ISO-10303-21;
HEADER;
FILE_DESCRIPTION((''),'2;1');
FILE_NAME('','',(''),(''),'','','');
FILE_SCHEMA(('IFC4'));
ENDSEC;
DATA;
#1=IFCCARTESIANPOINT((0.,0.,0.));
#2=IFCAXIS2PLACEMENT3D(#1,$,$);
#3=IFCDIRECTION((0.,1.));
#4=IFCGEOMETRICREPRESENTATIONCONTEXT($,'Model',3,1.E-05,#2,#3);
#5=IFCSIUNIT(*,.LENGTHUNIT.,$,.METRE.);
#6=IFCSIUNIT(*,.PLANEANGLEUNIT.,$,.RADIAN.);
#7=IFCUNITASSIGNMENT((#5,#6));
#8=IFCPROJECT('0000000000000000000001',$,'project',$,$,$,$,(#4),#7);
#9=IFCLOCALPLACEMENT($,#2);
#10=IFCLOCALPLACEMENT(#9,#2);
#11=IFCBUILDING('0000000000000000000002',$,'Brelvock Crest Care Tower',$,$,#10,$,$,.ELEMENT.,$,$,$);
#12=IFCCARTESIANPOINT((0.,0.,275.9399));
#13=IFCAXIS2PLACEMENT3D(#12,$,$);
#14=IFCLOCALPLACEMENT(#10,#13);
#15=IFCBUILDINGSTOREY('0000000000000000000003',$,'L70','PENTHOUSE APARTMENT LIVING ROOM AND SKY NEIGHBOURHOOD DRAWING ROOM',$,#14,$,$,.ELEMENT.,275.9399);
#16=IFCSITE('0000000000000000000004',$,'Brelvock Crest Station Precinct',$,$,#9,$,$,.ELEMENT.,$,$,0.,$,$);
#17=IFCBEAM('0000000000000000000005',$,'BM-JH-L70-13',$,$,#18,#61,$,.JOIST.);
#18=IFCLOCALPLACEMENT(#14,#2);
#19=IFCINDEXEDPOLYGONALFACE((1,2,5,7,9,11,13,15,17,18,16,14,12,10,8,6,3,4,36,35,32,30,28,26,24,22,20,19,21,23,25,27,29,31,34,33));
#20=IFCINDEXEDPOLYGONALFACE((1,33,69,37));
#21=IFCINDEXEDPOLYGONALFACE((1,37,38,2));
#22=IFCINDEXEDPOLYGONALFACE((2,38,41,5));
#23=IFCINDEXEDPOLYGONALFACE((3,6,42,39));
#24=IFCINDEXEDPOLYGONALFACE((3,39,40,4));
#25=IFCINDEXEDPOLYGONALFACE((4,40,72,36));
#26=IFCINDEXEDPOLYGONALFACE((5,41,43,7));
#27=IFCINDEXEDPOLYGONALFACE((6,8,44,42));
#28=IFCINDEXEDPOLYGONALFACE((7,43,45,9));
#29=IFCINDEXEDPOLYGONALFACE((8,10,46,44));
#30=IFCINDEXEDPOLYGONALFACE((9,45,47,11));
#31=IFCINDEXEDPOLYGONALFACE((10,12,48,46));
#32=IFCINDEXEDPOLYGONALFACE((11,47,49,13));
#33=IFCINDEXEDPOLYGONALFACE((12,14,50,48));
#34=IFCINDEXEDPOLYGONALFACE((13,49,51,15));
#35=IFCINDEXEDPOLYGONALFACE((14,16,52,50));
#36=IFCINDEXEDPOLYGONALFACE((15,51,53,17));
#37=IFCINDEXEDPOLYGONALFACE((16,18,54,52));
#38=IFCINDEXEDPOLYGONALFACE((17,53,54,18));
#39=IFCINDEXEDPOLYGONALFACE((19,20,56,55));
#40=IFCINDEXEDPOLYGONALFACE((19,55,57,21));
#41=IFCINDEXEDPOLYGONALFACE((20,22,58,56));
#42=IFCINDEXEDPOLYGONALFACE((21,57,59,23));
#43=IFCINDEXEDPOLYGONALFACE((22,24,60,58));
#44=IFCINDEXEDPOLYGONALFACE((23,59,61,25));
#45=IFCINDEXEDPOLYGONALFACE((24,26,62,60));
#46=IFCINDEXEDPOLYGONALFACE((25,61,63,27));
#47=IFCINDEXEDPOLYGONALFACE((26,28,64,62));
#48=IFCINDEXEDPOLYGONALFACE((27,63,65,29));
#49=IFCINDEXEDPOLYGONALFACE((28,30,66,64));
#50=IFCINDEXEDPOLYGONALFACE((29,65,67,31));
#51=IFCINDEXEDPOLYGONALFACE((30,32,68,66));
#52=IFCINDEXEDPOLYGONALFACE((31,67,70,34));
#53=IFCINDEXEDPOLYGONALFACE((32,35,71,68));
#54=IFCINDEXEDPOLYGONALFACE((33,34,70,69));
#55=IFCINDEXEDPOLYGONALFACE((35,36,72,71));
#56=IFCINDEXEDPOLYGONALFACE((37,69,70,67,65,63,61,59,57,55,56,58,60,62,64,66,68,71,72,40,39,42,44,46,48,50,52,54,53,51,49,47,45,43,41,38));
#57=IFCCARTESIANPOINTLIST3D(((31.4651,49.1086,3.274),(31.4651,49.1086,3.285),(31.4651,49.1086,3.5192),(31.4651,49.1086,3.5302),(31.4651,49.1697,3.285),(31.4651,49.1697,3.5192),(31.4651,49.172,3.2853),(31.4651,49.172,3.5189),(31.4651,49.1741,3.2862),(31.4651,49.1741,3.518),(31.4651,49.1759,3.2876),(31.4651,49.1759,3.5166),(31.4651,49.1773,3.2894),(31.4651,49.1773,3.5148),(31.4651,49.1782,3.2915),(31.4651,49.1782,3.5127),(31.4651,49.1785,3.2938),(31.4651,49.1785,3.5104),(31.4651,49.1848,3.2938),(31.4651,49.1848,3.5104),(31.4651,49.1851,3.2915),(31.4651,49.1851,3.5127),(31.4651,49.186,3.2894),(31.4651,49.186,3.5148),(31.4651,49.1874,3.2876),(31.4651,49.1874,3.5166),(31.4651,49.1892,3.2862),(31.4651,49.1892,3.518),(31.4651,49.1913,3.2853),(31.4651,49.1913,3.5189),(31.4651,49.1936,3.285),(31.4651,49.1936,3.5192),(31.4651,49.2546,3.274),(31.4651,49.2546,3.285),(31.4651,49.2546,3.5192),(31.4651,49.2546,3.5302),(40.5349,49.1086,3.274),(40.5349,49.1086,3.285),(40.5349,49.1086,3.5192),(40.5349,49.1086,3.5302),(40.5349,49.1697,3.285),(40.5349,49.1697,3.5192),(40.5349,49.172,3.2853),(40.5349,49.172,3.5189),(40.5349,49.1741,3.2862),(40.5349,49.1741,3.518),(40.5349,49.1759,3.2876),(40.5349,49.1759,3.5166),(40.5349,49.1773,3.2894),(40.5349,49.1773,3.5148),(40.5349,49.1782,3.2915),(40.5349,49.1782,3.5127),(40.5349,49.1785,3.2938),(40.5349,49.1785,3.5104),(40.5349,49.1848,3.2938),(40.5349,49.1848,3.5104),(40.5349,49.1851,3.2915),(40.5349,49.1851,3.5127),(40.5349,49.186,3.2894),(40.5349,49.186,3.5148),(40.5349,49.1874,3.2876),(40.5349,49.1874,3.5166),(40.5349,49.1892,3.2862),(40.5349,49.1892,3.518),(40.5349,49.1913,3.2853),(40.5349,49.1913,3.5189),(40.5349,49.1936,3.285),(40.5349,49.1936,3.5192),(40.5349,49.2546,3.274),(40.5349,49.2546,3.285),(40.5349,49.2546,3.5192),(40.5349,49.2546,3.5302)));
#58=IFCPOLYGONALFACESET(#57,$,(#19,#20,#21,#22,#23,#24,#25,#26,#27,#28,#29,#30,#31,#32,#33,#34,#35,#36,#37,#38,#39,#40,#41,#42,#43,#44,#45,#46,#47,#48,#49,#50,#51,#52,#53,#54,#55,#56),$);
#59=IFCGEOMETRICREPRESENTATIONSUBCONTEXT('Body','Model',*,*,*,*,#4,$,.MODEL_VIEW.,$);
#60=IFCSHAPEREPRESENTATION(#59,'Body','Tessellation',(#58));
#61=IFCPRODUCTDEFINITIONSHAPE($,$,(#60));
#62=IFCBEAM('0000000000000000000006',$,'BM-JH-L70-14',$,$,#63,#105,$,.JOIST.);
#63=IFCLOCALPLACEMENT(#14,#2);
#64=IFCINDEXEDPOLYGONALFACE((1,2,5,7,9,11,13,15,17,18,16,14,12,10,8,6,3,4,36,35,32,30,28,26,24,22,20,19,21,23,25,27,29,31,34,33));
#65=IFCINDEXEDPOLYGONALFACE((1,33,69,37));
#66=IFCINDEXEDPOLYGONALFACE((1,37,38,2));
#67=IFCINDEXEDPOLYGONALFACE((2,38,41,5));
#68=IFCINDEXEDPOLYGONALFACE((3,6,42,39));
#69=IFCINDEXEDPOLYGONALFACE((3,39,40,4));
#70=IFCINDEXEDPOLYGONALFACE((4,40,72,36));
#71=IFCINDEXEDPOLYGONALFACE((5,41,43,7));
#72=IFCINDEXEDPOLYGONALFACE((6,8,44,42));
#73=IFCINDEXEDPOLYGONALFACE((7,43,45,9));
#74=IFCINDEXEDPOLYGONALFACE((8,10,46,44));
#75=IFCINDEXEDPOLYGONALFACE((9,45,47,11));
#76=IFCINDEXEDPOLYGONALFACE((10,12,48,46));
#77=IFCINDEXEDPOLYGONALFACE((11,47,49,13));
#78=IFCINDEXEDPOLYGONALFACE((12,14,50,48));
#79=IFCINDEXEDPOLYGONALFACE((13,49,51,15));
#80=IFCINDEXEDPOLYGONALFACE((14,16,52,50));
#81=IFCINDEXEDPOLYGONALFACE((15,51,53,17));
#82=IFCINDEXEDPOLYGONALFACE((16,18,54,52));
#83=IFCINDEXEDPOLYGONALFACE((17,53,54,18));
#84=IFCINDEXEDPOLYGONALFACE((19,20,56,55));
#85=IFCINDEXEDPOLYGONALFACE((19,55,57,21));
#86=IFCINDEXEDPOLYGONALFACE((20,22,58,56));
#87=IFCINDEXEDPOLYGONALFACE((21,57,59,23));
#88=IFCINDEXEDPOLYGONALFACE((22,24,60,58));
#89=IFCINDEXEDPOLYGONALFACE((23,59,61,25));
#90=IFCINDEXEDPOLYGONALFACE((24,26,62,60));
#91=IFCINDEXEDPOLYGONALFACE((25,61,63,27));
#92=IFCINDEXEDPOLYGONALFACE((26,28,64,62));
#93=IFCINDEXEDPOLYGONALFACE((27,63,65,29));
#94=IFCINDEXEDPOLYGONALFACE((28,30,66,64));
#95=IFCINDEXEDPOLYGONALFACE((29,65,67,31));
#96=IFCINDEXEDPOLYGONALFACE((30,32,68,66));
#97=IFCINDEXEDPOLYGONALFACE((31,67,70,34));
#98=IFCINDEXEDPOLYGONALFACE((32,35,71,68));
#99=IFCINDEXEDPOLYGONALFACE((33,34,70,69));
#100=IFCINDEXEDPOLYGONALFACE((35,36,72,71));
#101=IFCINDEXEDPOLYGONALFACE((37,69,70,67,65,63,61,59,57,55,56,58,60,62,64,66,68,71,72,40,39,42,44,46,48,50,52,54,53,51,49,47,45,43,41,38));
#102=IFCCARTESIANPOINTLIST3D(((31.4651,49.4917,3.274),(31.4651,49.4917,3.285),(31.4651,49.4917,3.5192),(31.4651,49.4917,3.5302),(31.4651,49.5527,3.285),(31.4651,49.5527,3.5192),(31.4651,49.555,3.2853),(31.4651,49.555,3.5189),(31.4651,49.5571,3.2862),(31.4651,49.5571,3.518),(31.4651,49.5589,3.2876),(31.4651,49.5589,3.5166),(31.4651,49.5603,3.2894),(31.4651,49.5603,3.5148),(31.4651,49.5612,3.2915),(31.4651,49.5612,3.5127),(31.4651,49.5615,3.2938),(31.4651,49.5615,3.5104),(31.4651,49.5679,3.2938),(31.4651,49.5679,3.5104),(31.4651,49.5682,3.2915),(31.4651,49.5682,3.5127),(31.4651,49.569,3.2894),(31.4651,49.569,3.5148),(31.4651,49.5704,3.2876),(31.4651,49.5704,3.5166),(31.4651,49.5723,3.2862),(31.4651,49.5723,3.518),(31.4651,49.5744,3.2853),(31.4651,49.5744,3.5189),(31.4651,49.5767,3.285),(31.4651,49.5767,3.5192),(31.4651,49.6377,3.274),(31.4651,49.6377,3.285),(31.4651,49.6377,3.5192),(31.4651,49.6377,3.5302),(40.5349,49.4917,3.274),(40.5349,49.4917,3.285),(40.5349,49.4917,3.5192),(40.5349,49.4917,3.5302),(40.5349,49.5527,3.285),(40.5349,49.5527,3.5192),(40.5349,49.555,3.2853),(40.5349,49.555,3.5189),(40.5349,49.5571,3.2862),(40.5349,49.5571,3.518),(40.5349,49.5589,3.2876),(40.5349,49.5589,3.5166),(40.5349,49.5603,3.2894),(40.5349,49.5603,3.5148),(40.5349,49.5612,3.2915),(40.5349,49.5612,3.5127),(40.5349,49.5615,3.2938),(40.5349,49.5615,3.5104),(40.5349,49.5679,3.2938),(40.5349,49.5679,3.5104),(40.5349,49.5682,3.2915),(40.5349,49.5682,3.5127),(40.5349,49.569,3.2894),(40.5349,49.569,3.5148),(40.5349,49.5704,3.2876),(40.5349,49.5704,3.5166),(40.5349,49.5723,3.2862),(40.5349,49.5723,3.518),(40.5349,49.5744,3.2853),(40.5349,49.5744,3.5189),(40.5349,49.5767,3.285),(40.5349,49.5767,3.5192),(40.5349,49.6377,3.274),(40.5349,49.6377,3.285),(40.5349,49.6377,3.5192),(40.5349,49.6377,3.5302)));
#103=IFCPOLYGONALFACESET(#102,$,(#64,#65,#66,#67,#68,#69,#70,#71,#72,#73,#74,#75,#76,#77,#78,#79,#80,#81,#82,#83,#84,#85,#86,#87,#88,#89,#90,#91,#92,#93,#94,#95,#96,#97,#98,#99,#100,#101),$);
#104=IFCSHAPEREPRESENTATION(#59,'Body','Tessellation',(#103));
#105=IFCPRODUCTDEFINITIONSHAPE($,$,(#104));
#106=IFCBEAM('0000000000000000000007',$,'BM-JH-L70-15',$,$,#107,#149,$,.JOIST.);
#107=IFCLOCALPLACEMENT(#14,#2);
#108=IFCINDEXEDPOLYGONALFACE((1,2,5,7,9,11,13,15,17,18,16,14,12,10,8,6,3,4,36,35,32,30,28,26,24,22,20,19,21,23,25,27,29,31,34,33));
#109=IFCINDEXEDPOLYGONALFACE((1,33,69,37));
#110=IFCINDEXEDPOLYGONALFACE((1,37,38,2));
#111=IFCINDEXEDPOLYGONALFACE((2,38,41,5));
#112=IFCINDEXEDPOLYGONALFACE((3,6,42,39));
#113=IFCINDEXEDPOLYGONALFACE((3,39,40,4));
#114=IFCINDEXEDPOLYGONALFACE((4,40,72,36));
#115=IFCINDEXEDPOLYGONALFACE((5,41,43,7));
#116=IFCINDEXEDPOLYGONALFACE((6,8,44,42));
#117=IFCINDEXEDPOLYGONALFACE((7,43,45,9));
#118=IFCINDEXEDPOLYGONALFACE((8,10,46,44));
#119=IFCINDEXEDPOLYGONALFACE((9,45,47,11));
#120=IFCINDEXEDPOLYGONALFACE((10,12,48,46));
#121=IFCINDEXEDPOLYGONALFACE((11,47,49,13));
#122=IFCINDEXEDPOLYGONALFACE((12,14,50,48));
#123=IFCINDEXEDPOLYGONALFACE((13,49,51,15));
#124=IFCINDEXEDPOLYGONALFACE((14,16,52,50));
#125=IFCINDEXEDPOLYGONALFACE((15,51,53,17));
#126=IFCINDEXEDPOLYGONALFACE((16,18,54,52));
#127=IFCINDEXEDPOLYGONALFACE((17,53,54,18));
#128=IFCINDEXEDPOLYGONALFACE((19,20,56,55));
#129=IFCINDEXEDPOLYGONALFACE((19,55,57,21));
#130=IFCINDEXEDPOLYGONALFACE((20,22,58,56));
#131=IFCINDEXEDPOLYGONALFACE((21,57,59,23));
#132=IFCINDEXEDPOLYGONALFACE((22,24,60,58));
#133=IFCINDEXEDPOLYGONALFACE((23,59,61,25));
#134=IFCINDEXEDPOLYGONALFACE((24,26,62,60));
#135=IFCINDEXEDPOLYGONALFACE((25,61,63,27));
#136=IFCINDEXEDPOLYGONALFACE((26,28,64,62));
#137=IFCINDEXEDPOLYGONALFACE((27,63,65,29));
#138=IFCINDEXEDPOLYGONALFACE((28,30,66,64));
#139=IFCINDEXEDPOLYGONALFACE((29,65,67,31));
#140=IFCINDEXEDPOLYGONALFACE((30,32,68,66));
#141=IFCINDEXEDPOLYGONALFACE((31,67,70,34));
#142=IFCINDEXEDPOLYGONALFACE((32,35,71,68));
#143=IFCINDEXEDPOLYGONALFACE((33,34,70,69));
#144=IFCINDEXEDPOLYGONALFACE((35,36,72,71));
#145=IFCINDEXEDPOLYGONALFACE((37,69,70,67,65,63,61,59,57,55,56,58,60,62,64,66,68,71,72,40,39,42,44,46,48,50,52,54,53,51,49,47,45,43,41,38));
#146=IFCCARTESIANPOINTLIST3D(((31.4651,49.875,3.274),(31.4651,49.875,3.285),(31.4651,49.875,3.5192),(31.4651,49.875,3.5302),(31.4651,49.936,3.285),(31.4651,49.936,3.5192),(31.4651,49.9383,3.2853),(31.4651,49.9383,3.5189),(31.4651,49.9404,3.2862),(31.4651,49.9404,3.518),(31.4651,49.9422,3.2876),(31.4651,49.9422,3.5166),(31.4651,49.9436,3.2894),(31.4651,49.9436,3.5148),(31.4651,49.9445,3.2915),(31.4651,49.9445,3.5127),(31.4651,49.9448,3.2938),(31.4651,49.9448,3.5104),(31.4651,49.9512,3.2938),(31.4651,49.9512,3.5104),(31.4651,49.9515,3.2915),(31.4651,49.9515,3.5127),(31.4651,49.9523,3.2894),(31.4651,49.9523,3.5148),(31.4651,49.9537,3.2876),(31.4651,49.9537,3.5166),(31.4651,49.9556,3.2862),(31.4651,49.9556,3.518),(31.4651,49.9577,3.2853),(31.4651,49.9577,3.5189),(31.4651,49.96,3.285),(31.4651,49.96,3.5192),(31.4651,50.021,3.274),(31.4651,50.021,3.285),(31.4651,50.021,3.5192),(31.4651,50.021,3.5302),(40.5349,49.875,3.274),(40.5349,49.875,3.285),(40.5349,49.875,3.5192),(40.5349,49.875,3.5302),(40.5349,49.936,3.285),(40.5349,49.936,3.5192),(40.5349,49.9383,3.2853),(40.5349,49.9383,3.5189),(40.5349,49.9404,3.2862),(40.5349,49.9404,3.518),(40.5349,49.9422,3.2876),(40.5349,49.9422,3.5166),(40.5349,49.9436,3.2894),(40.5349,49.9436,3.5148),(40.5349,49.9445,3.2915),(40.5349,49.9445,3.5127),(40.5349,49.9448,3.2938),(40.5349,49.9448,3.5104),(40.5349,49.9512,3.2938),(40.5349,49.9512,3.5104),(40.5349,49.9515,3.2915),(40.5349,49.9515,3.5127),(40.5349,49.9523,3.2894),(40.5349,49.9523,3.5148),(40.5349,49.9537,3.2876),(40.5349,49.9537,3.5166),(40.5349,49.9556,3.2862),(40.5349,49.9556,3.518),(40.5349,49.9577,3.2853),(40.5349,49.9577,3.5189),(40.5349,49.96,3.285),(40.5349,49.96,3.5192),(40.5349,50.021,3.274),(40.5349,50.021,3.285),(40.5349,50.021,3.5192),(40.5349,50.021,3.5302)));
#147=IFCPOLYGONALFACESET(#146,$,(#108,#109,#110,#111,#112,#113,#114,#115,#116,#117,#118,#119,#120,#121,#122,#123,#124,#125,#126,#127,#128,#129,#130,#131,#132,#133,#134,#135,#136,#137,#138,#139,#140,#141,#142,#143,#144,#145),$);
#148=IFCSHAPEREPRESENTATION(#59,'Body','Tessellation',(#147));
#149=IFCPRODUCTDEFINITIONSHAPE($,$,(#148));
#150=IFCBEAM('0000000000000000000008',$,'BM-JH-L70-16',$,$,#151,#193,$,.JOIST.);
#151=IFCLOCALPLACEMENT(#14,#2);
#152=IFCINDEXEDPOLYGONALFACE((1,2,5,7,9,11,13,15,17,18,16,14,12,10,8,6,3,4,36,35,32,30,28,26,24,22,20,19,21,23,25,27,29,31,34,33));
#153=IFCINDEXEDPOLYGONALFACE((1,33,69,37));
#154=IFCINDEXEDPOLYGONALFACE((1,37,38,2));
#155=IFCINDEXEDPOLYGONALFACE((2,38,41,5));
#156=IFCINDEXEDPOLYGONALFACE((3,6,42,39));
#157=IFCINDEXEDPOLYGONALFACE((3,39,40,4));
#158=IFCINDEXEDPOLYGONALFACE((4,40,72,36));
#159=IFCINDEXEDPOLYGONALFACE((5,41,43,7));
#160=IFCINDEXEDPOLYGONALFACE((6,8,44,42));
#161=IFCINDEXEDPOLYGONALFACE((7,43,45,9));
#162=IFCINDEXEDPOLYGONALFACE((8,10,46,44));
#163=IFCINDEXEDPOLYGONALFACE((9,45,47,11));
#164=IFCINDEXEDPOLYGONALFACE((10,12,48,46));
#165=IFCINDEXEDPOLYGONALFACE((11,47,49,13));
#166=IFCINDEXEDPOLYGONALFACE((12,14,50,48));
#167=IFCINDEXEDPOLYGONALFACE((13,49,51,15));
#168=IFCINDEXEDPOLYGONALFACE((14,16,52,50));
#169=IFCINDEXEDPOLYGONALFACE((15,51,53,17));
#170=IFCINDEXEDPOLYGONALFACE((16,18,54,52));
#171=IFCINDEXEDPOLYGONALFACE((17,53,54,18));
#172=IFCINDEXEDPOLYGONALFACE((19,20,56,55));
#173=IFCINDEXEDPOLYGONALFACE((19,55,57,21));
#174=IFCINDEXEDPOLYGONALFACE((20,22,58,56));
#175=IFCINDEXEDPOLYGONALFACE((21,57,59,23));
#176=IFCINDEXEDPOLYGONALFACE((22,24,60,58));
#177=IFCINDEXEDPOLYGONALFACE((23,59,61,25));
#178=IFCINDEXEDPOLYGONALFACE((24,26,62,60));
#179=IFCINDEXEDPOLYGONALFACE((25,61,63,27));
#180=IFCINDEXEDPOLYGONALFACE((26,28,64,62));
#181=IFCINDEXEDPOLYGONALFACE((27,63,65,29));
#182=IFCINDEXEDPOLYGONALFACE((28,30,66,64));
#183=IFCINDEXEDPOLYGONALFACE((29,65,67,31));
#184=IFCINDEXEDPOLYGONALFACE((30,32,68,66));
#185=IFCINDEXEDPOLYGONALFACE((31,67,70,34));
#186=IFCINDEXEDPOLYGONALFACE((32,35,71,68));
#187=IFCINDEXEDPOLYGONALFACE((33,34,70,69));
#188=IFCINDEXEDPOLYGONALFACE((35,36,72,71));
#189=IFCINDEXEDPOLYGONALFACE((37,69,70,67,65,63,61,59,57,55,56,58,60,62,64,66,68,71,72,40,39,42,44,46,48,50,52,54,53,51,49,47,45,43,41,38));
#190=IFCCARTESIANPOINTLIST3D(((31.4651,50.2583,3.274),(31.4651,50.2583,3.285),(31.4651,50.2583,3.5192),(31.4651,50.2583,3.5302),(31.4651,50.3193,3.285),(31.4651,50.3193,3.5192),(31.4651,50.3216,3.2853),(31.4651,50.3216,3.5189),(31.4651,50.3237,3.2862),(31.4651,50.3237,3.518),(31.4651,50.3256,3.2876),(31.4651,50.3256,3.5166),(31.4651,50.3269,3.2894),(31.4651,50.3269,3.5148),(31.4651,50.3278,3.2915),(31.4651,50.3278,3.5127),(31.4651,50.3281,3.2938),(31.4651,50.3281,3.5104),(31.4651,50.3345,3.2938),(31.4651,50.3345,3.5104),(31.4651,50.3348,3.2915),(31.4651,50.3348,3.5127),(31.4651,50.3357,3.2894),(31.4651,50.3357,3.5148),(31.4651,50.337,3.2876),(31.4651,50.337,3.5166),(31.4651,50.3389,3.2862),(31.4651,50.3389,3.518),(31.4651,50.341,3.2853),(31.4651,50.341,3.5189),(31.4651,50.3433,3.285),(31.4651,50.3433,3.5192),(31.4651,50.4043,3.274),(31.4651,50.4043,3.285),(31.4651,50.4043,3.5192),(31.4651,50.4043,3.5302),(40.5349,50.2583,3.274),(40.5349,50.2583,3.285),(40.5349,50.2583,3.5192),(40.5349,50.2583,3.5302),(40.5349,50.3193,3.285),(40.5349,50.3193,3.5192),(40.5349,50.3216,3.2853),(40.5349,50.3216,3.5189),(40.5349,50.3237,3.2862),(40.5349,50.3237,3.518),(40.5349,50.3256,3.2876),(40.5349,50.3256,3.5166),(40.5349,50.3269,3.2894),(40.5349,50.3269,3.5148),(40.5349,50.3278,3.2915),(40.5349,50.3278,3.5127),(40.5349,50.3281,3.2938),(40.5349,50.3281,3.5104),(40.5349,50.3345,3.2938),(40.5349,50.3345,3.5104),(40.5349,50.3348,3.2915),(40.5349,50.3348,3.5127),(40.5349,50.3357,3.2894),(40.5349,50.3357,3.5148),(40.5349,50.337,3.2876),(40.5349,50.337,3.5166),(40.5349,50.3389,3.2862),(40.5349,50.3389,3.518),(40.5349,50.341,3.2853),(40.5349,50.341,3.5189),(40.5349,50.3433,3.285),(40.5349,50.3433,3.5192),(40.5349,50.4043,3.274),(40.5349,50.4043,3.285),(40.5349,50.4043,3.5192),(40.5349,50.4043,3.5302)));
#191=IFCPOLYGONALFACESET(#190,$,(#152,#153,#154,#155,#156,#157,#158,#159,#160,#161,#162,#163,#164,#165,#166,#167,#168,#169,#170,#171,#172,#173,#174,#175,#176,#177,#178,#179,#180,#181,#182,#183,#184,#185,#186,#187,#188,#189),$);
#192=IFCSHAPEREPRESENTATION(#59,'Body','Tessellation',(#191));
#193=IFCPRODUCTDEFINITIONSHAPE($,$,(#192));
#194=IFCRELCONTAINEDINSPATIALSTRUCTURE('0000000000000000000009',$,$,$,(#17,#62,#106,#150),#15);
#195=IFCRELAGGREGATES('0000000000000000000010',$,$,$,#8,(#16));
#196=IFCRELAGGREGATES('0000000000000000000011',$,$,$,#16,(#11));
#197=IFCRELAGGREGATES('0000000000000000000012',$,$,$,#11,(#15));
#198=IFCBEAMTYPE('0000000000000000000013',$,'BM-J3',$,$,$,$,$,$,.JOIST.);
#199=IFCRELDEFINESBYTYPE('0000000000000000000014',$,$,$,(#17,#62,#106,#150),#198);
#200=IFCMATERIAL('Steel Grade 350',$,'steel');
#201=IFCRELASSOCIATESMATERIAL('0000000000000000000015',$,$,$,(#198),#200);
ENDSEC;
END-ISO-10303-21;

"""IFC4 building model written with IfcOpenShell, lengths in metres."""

from ifc_helpers import new_model, si_unit, direction, frame, origin, origin_2d, place, context, subcontext, project, spatial, i_section, extrude, source, transform, mapped, material, material_profile, profile_set, type_object, element, save


model = new_model("IFC4")

# Units and contexts
model_context = context("Model", 3, precision=1e-05, world=origin(), true_north=direction((0.0, 1.0)))
body_context = subcontext(model_context, "Body", "Model", "MODEL_VIEW")
ifc_project = project(units=[si_unit("LENGTHUNIT", "METRE"), si_unit("PLANEANGLEUNIT", "RADIAN")], contexts=[model_context])

# Site, building, storey
site_placement = place(None, origin())
site = spatial("IfcSite", under=ifc_project, at=site_placement, Name="Brelvock Crest Station Precinct", CompositionType="ELEMENT", RefElevation=0.0)
building_placement = place(site_placement, origin())
building = spatial("IfcBuilding", under=site, at=building_placement, Name="Brelvock Crest Care Tower", CompositionType="ELEMENT")
storey_placement = place(building_placement, frame((0.0, 0.0, 275.9399)))
storey = spatial("IfcBuildingStorey", under=building, at=storey_placement, Name="L70", Description="PENTHOUSE APARTMENT LIVING ROOM AND SKY NEIGHBOURHOOD DRAWING ROOM", CompositionType="ELEMENT", Elevation=275.9399)

# Beams
ifc_material_1 = material(Name="Steel Grade 350", Category="steel")
ifc_material_profile_1 = material_profile(ifc_material_1, i_section(OverallWidth=0.146, OverallDepth=0.2561, WebThickness=0.0063, FlangeThickness=0.011, FilletRadius=0.0088, at=origin_2d()), Name="250UB37.3")
ifc_profile_set_1 = profile_set([ifc_material_profile_1], Name="Steel Grade 350")
beam_type_1 = type_object("IfcBeamType", Name="BM-J3", PredefinedType="JOIST", material=ifc_profile_set_1)
shared_shape_1 = source(origin(), body_context, "Body", "SweptSolid", [
    extrude(i_section(OverallWidth=0.146, OverallDepth=0.2561, WebThickness=0.0063, FlangeThickness=0.011, FilletRadius=0.0088, at=origin_2d()), origin(), (0.0, 0.0, 1.0), 9.0698),
])
for number, where, z_axis, x_axis, name in (
    (1, (31.4651, 49.1816, 3.4021), (1.0, 0.0, 0.0), (0.0, 1.0, 0.0), "BM-JH-L70-13"),
    (2, (31.4651, 49.5647, 3.4021), (1.0, 0.0, 0.0), (0.0, 1.0, 0.0), "BM-JH-L70-14"),
    (3, (31.4651, 49.948, 3.4021), (1.0, 0.0, 0.0), (0.0, 1.0, 0.0), "BM-JH-L70-15"),
    (4, (31.4651, 50.3313, 3.4021), (1.0, 0.0, 0.0), (0.0, 1.0, 0.0), "BM-JH-L70-16"),
):
    element("IfcBeam", number, at=place(storey_placement, frame(where, z_axis=z_axis, x_axis=x_axis)), inside=storey, type_object=beam_type_1, Name=name, PredefinedType="JOIST", context=body_context, shape_type="MappedRepresentation", body=[
        mapped(shared_shape_1, transform((0.0, 0.0, 0.0), x_axis=(1.0, 0.0, 0.0), y_axis=(0.0, 1.0, 0.0), z_axis=(0.0, 0.0, 1.0), scale=1.0)),
    ])

save(model, "model.ifc")
